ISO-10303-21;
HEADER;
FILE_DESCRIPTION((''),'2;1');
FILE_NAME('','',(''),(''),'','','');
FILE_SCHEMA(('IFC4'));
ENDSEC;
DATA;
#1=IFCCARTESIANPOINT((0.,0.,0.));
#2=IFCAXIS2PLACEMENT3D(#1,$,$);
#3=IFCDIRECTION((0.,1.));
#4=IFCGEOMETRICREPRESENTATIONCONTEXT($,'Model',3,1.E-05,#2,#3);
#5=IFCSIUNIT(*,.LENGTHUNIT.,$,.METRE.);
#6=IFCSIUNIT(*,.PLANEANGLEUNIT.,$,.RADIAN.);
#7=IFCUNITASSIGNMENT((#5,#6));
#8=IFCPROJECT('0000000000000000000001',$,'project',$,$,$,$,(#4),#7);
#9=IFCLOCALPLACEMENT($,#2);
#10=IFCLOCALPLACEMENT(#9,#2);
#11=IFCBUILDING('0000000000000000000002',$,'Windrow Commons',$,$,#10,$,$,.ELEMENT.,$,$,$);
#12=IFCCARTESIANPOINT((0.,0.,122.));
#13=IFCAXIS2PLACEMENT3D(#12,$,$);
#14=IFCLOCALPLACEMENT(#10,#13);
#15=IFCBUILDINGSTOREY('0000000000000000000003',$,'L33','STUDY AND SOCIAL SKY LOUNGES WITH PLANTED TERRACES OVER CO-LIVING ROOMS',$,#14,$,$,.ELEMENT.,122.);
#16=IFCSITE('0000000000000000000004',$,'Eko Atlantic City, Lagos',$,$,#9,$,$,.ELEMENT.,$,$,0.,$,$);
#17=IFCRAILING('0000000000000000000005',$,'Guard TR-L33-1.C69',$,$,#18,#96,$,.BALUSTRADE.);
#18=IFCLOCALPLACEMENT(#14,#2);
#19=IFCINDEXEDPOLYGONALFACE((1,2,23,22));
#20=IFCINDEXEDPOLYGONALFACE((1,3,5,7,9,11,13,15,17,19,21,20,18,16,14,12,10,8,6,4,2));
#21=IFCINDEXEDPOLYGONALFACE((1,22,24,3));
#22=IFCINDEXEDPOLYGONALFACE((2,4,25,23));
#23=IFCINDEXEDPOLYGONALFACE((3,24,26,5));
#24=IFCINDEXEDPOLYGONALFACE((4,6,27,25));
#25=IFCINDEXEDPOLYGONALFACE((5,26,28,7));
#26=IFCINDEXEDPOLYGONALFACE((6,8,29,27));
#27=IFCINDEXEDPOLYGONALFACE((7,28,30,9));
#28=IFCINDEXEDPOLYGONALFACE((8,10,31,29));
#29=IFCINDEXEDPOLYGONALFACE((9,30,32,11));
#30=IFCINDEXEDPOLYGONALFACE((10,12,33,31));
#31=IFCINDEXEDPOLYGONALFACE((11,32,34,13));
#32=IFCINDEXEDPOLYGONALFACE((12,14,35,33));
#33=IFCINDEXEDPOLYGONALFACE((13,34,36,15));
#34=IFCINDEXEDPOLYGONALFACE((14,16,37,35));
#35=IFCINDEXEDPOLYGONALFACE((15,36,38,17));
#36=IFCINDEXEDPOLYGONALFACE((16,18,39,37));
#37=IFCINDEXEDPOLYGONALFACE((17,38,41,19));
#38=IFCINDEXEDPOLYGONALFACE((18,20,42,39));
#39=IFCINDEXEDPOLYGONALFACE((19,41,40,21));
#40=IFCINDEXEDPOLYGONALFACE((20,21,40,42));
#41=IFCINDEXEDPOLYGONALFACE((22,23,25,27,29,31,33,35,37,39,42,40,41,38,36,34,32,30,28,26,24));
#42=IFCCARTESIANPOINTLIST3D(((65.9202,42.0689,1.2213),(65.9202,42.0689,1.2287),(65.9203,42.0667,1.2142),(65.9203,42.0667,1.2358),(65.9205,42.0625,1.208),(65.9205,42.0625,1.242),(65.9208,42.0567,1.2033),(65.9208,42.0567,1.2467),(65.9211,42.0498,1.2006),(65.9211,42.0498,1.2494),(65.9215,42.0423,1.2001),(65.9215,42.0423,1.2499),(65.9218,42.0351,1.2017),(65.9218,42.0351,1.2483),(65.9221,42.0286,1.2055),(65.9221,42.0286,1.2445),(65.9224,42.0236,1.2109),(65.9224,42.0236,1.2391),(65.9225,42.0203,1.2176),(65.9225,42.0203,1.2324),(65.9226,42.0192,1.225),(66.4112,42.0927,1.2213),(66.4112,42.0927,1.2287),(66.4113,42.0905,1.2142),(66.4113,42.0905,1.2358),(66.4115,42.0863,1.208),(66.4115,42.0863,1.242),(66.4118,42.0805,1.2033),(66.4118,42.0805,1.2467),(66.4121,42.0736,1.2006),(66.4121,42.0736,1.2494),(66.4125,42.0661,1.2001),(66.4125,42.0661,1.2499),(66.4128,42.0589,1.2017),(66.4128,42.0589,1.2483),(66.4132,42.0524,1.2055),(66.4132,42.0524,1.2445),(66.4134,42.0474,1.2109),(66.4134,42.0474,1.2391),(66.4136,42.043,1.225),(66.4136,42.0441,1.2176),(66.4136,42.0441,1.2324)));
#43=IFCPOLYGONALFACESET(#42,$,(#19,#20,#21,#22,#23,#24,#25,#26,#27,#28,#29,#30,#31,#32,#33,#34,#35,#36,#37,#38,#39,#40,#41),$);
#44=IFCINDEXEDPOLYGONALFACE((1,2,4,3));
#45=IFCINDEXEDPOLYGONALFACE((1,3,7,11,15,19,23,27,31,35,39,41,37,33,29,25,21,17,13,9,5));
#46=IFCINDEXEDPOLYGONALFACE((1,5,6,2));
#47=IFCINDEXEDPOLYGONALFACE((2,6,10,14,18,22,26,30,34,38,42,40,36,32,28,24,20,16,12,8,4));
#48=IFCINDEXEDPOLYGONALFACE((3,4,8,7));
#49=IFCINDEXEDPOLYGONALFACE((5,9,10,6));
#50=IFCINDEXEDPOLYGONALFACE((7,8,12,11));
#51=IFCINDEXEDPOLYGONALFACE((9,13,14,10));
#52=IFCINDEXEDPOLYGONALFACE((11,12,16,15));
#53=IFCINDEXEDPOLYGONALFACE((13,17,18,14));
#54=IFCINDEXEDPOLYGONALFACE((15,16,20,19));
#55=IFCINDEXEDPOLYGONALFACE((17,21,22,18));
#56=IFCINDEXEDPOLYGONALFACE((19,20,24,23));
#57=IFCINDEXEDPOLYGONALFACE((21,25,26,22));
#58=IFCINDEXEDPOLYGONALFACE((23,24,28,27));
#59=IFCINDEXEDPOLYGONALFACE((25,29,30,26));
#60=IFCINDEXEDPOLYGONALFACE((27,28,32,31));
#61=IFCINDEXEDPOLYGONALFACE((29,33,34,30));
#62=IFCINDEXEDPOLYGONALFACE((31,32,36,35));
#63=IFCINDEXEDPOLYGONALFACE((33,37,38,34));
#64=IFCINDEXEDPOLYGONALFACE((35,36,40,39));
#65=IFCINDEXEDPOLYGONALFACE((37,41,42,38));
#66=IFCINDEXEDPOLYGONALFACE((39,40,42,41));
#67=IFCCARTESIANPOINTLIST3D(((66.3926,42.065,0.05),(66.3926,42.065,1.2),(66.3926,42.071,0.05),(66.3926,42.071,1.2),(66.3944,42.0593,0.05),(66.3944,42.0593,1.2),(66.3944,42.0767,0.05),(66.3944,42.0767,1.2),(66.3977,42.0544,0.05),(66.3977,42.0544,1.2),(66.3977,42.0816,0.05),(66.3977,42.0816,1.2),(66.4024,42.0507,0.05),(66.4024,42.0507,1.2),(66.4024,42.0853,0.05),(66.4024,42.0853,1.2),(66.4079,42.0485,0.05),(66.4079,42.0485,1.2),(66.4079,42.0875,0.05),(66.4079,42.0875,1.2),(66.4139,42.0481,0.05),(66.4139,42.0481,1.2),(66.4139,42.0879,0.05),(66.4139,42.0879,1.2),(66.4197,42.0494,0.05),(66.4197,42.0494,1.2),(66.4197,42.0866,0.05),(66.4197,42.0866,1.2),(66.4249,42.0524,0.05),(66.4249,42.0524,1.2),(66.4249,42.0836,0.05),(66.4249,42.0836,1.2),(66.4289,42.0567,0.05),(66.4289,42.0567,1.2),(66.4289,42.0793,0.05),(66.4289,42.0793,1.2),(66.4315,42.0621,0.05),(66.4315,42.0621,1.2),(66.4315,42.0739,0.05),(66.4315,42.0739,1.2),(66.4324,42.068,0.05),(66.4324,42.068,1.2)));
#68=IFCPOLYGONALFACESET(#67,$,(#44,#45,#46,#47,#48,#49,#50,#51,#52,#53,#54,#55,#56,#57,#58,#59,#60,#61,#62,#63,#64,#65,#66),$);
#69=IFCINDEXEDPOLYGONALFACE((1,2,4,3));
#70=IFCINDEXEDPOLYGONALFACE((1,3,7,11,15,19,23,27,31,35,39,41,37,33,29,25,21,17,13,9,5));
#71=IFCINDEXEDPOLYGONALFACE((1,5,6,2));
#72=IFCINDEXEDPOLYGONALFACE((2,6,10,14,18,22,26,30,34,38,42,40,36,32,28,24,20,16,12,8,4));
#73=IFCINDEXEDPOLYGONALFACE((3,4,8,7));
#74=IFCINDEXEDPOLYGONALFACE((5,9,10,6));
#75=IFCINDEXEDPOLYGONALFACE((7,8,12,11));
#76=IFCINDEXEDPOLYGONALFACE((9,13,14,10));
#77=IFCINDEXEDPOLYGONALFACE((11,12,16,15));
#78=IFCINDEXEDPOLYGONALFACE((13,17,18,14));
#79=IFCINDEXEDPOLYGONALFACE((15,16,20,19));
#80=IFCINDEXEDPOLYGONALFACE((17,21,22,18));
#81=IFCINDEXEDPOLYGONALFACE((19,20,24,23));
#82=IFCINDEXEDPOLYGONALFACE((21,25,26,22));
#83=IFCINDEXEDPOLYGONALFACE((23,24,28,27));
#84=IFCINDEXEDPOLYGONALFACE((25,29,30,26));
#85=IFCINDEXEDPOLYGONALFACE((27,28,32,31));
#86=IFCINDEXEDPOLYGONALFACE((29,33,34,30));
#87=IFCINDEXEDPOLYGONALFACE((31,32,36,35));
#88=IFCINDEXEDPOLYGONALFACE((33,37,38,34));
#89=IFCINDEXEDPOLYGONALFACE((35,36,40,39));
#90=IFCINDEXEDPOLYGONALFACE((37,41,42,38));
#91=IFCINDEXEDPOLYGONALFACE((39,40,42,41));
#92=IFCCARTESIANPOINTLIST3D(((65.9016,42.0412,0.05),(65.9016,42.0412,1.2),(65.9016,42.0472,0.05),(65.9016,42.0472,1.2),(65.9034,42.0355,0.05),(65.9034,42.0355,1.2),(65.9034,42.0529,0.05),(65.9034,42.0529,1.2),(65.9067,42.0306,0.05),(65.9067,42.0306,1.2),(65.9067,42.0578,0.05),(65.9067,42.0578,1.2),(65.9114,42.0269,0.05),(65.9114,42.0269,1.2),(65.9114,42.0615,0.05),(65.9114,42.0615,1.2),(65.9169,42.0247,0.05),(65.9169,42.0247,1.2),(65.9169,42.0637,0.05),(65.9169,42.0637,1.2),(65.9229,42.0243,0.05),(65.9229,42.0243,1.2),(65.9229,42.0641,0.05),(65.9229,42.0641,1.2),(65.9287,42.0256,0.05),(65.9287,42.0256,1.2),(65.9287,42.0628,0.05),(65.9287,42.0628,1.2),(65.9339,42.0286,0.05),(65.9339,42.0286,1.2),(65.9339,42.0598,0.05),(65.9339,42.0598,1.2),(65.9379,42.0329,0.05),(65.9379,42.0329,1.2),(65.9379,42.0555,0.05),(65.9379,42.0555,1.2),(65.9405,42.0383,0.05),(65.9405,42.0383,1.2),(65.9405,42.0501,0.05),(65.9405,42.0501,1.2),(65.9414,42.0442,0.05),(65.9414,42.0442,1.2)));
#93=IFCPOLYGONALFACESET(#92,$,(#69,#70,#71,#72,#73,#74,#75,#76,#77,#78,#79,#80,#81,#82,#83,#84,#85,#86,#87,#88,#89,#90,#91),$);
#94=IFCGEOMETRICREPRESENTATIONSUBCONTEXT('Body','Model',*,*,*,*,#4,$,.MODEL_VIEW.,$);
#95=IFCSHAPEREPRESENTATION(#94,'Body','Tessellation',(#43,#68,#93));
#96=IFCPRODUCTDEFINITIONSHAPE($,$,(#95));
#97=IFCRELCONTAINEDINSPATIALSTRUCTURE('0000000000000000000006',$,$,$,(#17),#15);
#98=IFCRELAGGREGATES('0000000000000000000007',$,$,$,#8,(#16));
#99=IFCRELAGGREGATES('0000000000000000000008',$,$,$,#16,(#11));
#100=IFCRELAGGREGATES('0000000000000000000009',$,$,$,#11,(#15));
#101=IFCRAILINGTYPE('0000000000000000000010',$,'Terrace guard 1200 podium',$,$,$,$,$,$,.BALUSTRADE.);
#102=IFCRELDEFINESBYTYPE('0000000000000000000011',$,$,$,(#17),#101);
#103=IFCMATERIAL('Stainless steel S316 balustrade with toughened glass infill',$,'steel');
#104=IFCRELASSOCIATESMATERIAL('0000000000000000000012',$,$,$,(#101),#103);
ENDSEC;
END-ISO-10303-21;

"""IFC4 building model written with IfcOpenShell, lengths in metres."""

from ifc_helpers import new_model, si_unit, direction, frame, origin, origin_2d, place, context, subcontext, project, spatial, circle, extrude, material, type_object, element, save


model = new_model("IFC4")

# Units and contexts
model_context = context("Model", 3, precision=1e-05, world=origin(), true_north=direction((0.0, 1.0)))
body_context = subcontext(model_context, "Body", "Model", "MODEL_VIEW")
ifc_project = project(units=[si_unit("LENGTHUNIT", "METRE"), si_unit("PLANEANGLEUNIT", "RADIAN")], contexts=[model_context])

# Site, building, storey
site_placement = place(None, origin())
site = spatial("IfcSite", under=ifc_project, at=site_placement, Name="Eko Atlantic City, Lagos", CompositionType="ELEMENT", RefElevation=0.0)
building_placement = place(site_placement, origin())
building = spatial("IfcBuilding", under=site, at=building_placement, Name="Windrow Commons", CompositionType="ELEMENT")
storey_placement = place(building_placement, frame((0.0, 0.0, 122.0)))
storey = spatial("IfcBuildingStorey", under=building, at=storey_placement, Name="L33", Description="STUDY AND SOCIAL SKY LOUNGES WITH PLANTED TERRACES OVER CO-LIVING ROOMS", CompositionType="ELEMENT", Elevation=122.0)

# Railing
ifc_material_1 = material(Name="Stainless steel S316 balustrade with toughened glass infill", Category="steel")
railing_type = type_object("IfcRailingType", Name="Terrace guard 1200 podium", PredefinedType="BALUSTRADE", material=ifc_material_1)
railing_1_placement = place(storey_placement, frame((66.4124, 42.068, 0.05)))
element("IfcRailing", 1, at=railing_1_placement, inside=storey, type_object=railing_type, Name="Guard TR-L33-1.C69", PredefinedType="BALUSTRADE", context=body_context, shape_type="SweptSolid", body=[
    extrude(circle(Radius=0.025, at=origin_2d()), frame((0.0, 0.0, 1.175), z_axis=(-0.998827, -0.048416, 0.0), x_axis=(0.048416, -0.998827, 0.0)), (0.0, 0.0, 1.0), 0.4916),
    extrude(circle(Radius=0.02, at=origin_2d()), origin(), (0.0, 0.0, 1.0), 1.15),
    extrude(circle(Radius=0.02, at=origin_2d()), frame((-0.491, -0.0238, 0.0)), (0.0, 0.0, 1.0), 1.15),
])

save(model, "model.ifc")
